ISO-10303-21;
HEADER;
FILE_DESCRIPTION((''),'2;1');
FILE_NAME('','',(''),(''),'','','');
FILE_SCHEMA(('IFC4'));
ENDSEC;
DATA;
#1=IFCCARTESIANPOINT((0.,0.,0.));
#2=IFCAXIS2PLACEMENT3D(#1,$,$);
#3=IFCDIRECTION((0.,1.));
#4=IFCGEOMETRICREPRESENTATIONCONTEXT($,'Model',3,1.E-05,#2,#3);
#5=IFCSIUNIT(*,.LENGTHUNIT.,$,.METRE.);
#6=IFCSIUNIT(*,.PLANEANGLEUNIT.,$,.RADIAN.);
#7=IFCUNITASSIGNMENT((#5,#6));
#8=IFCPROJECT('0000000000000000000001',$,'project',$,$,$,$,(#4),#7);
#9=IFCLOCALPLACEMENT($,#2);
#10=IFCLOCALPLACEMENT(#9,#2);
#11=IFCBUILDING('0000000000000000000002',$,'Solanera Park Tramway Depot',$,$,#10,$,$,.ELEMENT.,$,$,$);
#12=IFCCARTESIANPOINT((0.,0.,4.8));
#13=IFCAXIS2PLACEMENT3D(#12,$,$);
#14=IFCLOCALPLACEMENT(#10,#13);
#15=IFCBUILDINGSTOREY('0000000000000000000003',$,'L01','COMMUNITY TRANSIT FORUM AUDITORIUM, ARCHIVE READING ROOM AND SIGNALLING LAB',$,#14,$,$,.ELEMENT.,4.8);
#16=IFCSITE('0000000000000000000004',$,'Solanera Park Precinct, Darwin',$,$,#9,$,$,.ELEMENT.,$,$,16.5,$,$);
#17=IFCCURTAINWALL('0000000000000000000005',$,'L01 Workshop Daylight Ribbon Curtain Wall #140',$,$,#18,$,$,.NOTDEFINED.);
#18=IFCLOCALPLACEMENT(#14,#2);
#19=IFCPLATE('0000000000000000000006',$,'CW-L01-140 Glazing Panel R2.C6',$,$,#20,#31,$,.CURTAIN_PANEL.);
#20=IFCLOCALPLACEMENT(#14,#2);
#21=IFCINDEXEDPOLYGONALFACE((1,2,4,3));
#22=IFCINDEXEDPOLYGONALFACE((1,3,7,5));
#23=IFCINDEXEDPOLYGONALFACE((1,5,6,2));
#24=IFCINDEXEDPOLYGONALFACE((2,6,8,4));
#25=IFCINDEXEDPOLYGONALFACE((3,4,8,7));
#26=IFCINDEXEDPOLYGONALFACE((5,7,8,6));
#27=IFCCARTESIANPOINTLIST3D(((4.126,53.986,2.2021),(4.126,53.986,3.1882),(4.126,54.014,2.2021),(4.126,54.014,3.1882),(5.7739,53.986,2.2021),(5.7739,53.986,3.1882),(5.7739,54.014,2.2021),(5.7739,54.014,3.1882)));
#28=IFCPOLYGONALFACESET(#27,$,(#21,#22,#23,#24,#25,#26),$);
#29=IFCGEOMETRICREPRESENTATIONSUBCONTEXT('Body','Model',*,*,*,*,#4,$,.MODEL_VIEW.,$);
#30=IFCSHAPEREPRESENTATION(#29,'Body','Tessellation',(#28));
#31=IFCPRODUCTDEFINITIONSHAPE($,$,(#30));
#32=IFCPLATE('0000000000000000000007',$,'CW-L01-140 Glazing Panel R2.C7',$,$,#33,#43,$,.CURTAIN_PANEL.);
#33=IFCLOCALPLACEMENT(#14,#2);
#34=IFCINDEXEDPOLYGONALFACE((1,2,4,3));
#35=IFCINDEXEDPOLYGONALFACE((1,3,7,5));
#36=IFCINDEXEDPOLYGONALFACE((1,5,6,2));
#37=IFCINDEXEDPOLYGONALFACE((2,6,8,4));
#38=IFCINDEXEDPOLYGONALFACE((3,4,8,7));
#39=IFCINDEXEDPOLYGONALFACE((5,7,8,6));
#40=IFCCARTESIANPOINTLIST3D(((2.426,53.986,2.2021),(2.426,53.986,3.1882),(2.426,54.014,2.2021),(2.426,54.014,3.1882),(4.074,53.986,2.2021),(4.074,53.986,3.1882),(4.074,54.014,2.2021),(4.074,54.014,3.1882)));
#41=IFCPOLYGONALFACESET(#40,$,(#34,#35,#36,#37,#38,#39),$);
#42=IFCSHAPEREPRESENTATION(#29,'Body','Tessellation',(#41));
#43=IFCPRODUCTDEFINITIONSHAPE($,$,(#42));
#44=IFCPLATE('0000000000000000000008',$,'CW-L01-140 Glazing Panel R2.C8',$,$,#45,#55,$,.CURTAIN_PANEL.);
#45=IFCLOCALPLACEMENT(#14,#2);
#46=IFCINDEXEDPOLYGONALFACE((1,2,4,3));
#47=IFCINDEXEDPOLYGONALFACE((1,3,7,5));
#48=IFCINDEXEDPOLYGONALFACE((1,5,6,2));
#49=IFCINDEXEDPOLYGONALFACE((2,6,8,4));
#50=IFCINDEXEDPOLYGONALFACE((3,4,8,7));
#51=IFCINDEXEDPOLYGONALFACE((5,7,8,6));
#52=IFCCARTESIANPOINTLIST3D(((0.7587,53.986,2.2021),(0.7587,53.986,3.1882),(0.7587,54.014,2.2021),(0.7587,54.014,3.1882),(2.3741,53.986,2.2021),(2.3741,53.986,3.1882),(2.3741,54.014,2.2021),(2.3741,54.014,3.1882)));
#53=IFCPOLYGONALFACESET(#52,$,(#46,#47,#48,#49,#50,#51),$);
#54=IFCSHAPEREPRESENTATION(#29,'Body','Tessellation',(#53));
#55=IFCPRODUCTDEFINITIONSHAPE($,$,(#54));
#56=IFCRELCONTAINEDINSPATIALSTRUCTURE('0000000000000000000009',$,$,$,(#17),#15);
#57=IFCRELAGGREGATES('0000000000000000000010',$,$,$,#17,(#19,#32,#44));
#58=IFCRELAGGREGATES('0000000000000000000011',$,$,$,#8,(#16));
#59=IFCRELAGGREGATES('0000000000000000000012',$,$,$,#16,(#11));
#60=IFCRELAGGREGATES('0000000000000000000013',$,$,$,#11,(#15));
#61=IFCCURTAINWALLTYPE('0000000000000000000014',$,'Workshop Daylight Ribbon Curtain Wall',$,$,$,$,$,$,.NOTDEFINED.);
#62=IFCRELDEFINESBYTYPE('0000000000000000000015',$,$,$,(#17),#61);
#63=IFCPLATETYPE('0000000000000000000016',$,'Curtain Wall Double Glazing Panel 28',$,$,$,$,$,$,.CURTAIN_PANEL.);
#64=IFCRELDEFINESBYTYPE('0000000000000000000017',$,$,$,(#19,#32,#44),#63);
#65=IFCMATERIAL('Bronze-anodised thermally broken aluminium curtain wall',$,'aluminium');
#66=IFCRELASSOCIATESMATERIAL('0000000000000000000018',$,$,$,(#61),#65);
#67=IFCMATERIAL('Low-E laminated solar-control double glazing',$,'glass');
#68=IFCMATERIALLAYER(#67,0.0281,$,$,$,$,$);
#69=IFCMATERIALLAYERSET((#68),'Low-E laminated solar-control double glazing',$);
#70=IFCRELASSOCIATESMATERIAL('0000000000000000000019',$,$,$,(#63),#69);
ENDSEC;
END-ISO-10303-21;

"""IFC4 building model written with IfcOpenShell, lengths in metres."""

from ifc_helpers import new_model, si_unit, direction, frame, origin, origin_2d, place, context, subcontext, project, spatial, rectangle, extrude, material, layer, layer_set, type_object, element, aggregate, save


model = new_model("IFC4")

# Units and contexts
model_context = context("Model", 3, precision=1e-05, world=origin(), true_north=direction((0.0, 1.0)))
body_context = subcontext(model_context, "Body", "Model", "MODEL_VIEW")
ifc_project = project(units=[si_unit("LENGTHUNIT", "METRE"), si_unit("PLANEANGLEUNIT", "RADIAN")], contexts=[model_context])

# Site, building, storey
site_placement = place(None, origin())
site = spatial("IfcSite", under=ifc_project, at=site_placement, Name="Solanera Park Precinct, Darwin", CompositionType="ELEMENT", RefElevation=16.5)
building_placement = place(site_placement, origin())
building = spatial("IfcBuilding", under=site, at=building_placement, Name="Solanera Park Tramway Depot", CompositionType="ELEMENT")
storey_placement = place(building_placement, frame((0.0, 0.0, 4.8)))
storey = spatial("IfcBuildingStorey", under=building, at=storey_placement, Name="L01", Description="COMMUNITY TRANSIT FORUM AUDITORIUM, ARCHIVE READING ROOM AND SIGNALLING LAB", CompositionType="ELEMENT", Elevation=4.8)

# Curtain wall
ifc_material_1 = material(Name="Bronze-anodised thermally broken aluminium curtain wall", Category="aluminium")
curtain_wall_type = type_object("IfcCurtainWallType", Name="Workshop Daylight Ribbon Curtain Wall", PredefinedType="NOTDEFINED", material=ifc_material_1)
curtain_wall_placement = place(storey_placement, origin())
curtain_wall = element("IfcCurtainWall", 1, at=curtain_wall_placement, inside=storey, type_object=curtain_wall_type, Name="L01 Workshop Daylight Ribbon Curtain Wall #140", PredefinedType="NOTDEFINED")

# Plates
ifc_material_2 = material(Name="Low-E laminated solar-control double glazing", Category="glass")
ifc_layer_1 = layer(ifc_material_2, 0.0281)
ifc_layer_set_1 = layer_set([ifc_layer_1], Name="Low-E laminated solar-control double glazing")
plate_type = type_object("IfcPlateType", Name="Curtain Wall Double Glazing Panel 28", PredefinedType="CURTAIN_PANEL", material=ifc_layer_set_1)
plate_1_placement = place(storey_placement, frame((4.95, 54.0, 2.2021), z_axis=(0.0, 0.0, 1.0), x_axis=(-1.0, 0.0, 0.0)))
plate_1 = element("IfcPlate", 2, at=plate_1_placement, type_object=plate_type, Name="CW-L01-140 Glazing Panel R2.C6", PredefinedType="CURTAIN_PANEL", context=body_context, shape_type="SweptSolid", body=[
    extrude(rectangle(XDim=1.6479, YDim=0.0281, at=origin_2d()), origin(), (0.0, 0.0, 1.0), 0.9861),
])
plate_2_placement = place(storey_placement, frame((3.25, 54.0, 2.2021), z_axis=(0.0, 0.0, 1.0), x_axis=(-1.0, 0.0, 0.0)))
plate_2 = element("IfcPlate", 3, at=plate_2_placement, type_object=plate_type, Name="CW-L01-140 Glazing Panel R2.C7", PredefinedType="CURTAIN_PANEL", context=body_context, shape_type="SweptSolid", body=[
    extrude(rectangle(XDim=1.6479, YDim=0.0281, at=origin_2d()), origin(), (0.0, 0.0, 1.0), 0.9861),
])
plate_3_placement = place(storey_placement, frame((1.5664, 54.0, 2.2021), z_axis=(0.0, 0.0, 1.0), x_axis=(-1.0, 0.0, 0.0)))
plate_3 = element("IfcPlate", 4, at=plate_3_placement, type_object=plate_type, Name="CW-L01-140 Glazing Panel R2.C8", PredefinedType="CURTAIN_PANEL", context=body_context, shape_type="SweptSolid", body=[
    extrude(rectangle(XDim=1.6155, YDim=0.0281, at=origin_2d()), origin(), (0.0, 0.0, 1.0), 0.9861),
])
aggregate(curtain_wall, [plate_1, plate_2, plate_3])

save(model, "model.ifc")
